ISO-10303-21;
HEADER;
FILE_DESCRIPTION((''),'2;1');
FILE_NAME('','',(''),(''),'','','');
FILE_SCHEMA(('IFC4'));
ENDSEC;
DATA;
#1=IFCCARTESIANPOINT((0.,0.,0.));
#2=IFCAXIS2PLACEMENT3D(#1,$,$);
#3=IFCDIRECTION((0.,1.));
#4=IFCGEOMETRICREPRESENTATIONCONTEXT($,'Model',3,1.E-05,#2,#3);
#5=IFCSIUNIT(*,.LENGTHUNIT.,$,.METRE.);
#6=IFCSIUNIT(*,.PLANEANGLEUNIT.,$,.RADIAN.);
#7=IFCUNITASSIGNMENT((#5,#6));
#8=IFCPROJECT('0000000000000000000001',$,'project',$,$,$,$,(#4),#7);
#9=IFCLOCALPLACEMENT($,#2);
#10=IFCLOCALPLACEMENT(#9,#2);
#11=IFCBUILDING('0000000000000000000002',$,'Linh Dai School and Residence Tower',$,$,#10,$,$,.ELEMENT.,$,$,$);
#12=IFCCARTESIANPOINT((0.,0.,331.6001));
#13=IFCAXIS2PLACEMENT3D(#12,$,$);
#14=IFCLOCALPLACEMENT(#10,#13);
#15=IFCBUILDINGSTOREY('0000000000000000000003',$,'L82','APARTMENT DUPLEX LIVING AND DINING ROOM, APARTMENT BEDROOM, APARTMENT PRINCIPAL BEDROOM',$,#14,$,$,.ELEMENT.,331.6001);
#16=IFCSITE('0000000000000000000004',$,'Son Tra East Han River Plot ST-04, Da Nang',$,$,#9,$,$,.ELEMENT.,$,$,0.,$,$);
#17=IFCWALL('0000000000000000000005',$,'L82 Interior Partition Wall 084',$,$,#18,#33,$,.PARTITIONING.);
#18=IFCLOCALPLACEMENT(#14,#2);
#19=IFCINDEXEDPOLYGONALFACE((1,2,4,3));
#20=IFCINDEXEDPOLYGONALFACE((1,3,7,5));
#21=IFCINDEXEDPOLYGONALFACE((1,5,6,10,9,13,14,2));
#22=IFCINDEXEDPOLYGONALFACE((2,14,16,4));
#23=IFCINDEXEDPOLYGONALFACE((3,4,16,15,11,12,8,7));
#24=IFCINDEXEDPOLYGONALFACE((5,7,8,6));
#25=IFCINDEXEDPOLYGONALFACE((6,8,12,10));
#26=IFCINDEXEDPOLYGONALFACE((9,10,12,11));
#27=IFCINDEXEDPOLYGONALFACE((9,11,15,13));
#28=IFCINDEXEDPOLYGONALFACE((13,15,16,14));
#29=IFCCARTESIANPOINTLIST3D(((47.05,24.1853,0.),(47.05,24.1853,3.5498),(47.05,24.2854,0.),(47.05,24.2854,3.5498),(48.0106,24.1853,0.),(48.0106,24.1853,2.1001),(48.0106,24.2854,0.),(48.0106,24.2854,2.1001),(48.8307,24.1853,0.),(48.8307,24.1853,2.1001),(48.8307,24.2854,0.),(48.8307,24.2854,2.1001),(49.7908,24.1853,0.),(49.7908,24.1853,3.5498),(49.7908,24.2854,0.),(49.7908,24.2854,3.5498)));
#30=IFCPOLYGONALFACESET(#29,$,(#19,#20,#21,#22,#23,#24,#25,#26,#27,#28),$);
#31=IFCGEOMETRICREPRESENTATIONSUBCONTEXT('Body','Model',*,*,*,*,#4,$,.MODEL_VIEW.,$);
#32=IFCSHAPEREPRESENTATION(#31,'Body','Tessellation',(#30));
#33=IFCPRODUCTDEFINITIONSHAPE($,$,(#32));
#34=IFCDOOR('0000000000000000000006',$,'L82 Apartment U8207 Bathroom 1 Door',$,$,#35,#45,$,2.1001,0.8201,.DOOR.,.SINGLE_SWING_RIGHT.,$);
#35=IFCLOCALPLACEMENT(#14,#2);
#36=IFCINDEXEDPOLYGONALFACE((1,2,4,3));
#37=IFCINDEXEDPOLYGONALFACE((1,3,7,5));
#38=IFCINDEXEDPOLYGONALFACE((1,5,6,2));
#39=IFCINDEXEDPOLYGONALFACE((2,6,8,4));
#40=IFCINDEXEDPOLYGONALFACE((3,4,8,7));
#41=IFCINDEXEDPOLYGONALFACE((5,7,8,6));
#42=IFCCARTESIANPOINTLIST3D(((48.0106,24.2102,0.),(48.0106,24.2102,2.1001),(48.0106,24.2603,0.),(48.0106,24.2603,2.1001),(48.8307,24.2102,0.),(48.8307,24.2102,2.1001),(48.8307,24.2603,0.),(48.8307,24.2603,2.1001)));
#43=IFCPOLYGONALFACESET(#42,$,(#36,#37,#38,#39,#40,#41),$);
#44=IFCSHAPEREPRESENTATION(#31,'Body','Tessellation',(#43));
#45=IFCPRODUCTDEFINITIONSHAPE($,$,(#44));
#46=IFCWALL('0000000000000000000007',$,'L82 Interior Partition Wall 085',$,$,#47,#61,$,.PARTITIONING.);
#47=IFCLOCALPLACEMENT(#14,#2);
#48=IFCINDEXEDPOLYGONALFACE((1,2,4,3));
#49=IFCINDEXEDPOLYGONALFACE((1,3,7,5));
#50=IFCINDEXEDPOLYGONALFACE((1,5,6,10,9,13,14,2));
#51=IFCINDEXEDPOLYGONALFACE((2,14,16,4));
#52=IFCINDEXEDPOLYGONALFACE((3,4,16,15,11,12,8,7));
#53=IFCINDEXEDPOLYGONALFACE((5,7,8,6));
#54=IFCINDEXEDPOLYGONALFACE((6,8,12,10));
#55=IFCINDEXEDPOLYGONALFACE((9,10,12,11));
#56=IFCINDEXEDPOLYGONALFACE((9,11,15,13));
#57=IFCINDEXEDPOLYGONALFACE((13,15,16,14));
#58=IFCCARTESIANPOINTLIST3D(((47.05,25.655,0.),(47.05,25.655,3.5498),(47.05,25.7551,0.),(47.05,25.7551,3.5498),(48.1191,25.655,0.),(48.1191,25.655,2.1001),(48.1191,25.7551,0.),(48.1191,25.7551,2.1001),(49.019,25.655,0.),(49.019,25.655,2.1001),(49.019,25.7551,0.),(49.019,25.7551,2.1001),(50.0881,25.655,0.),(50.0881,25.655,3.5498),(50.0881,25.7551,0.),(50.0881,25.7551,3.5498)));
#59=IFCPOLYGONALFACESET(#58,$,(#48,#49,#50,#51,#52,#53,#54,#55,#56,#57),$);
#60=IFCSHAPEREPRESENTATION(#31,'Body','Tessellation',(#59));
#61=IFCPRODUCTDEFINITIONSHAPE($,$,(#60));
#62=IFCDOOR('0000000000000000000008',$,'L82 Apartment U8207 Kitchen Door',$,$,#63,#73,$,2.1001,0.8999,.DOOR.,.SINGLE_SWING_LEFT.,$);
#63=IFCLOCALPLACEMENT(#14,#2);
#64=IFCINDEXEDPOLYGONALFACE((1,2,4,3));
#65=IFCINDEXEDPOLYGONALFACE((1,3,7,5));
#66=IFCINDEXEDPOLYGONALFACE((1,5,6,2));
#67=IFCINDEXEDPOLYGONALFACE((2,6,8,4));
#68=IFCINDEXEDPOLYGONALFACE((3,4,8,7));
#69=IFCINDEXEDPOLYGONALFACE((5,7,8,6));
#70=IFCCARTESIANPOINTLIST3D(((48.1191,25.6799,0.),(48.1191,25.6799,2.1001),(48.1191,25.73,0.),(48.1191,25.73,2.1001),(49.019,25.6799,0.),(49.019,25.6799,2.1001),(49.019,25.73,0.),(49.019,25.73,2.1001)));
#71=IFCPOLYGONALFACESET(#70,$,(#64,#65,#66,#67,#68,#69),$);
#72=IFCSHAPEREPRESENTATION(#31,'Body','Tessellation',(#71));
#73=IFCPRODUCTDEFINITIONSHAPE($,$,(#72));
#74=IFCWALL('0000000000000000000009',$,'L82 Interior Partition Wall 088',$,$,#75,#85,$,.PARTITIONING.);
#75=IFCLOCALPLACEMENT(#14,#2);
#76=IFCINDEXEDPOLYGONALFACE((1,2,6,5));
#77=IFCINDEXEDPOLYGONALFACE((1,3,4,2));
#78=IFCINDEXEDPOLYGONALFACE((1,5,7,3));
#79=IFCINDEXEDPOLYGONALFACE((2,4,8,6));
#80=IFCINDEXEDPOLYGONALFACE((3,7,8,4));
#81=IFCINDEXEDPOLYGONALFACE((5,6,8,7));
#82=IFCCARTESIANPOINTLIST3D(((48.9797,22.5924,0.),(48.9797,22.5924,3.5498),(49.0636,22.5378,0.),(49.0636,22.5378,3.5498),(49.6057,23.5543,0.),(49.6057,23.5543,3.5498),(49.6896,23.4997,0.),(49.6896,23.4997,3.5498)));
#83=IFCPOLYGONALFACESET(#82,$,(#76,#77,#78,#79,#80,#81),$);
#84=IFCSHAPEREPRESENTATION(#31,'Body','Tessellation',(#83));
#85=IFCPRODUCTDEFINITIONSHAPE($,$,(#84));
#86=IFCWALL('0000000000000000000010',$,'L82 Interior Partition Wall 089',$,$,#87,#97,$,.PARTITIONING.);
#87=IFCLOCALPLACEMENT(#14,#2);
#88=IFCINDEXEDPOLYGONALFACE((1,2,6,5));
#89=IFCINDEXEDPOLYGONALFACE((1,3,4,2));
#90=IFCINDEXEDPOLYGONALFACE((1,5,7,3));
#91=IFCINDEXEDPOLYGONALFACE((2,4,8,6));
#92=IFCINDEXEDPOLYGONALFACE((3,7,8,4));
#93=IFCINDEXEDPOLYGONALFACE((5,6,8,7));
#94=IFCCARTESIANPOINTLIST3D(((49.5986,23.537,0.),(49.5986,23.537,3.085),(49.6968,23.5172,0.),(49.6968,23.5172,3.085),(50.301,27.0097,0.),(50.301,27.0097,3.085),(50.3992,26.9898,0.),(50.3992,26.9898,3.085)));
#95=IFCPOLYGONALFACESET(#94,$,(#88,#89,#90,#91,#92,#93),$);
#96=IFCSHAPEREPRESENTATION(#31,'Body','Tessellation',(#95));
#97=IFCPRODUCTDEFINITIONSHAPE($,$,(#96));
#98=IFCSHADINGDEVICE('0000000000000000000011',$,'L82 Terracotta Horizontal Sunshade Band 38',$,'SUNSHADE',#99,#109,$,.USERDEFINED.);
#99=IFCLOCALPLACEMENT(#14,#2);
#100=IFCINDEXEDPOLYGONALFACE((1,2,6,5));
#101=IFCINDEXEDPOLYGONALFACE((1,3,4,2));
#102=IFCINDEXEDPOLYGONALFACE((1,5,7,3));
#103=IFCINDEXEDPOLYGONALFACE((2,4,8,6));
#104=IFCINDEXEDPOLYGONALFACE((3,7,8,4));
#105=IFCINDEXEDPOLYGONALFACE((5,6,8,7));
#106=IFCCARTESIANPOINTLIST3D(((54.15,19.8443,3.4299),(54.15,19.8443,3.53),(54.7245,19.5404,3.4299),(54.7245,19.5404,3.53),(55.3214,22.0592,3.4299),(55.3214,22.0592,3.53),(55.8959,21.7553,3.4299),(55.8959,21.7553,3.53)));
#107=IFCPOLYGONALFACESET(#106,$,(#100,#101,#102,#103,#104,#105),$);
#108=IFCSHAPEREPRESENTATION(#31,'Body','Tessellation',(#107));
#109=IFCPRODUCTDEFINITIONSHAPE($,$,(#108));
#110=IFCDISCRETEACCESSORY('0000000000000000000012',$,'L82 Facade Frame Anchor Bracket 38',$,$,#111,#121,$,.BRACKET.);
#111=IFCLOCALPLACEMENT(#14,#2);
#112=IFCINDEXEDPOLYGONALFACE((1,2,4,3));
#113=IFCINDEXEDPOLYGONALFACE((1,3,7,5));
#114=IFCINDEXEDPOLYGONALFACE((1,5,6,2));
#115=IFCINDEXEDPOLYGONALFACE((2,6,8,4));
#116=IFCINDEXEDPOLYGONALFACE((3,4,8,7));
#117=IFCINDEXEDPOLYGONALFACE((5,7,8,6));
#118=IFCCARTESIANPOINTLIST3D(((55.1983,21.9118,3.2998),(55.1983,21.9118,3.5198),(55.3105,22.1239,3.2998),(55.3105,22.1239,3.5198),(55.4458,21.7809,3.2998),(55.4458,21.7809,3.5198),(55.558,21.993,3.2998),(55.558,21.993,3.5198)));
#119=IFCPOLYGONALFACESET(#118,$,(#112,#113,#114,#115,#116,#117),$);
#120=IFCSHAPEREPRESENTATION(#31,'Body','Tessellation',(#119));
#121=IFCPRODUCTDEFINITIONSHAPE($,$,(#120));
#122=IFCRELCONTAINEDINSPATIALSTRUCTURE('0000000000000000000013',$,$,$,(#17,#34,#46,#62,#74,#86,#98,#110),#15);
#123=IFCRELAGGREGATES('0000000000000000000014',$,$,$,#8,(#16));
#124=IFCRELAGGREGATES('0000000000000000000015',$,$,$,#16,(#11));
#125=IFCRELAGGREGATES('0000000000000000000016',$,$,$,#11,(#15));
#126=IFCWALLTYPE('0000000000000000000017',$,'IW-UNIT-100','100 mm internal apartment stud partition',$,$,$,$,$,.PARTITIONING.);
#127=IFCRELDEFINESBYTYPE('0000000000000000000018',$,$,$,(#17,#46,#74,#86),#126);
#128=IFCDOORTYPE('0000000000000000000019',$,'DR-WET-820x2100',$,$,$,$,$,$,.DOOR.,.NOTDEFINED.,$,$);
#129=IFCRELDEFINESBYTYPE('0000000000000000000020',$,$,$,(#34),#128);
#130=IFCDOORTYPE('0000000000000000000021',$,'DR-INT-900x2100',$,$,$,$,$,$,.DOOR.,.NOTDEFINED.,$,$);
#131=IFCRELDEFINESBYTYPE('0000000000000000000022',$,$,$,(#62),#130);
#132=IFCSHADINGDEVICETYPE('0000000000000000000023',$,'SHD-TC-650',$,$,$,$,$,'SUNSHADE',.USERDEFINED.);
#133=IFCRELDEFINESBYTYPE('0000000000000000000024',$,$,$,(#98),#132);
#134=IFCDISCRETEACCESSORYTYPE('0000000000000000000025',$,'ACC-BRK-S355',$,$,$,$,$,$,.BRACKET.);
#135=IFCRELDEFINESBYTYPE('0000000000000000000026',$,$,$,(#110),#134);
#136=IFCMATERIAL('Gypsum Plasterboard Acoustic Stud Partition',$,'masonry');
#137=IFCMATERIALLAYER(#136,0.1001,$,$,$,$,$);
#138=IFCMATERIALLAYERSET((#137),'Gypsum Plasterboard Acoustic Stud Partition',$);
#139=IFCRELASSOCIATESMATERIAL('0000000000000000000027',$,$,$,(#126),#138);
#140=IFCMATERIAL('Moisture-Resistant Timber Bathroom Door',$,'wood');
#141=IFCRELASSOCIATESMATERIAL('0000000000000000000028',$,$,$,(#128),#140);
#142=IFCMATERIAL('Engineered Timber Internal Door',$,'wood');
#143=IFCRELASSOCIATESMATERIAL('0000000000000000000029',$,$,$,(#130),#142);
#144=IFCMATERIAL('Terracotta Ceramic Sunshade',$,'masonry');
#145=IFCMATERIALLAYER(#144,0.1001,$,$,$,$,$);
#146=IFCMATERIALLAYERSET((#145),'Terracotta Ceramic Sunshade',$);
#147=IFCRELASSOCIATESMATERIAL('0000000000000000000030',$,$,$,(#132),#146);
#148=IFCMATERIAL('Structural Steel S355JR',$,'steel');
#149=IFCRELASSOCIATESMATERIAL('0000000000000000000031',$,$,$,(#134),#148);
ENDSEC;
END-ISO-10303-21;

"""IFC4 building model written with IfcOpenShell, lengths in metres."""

from ifc_helpers import new_model, si_unit, direction, frame, frame_2d, origin, origin_2d, place, context, subcontext, project, spatial, rectangle, extrude, source, transform, mapped, material, layer, layer_set, type_object, element, fill, save


model = new_model("IFC4")

# Units and contexts
model_context = context("Model", 3, precision=1e-05, world=origin(), true_north=direction((0.0, 1.0)))
body_context = subcontext(model_context, "Body", "Model", "MODEL_VIEW")
ifc_project = project(units=[si_unit("LENGTHUNIT", "METRE"), si_unit("PLANEANGLEUNIT", "RADIAN")], contexts=[model_context])

# Site, building, storey
site_placement = place(None, origin())
site = spatial("IfcSite", under=ifc_project, at=site_placement, Name="Son Tra East Han River Plot ST-04, Da Nang", CompositionType="ELEMENT", RefElevation=0.0)
building_placement = place(site_placement, origin())
building = spatial("IfcBuilding", under=site, at=building_placement, Name="Linh Dai School and Residence Tower", CompositionType="ELEMENT")
storey_placement = place(building_placement, frame((0.0, 0.0, 331.6001)))
storey = spatial("IfcBuildingStorey", under=building, at=storey_placement, Name="L82", Description="APARTMENT DUPLEX LIVING AND DINING ROOM, APARTMENT BEDROOM, APARTMENT PRINCIPAL BEDROOM", CompositionType="ELEMENT", Elevation=331.6001)

# Shared definitions
ifc_material_1 = material(Name="Structural Steel S355JR", Category="steel")

# Walls, openings, doors
ifc_material_2 = material(Name="Gypsum Plasterboard Acoustic Stud Partition", Category="masonry")
ifc_layer_1 = layer(ifc_material_2, 0.1001)
ifc_layer_set_1 = layer_set([ifc_layer_1], Name="Gypsum Plasterboard Acoustic Stud Partition")
wall_type_1 = type_object("IfcWallType", Name="IW-UNIT-100", Description="100 mm internal apartment stud partition", PredefinedType="PARTITIONING", material=ifc_layer_set_1)
wall_1_placement = place(storey_placement, frame((47.05, 24.2354, 0.0), z_axis=(0.0, 0.0, 1.0), x_axis=(1.0, 0.0, 0.0)))
wall_1 = element("IfcWall", 1, at=wall_1_placement, inside=storey, type_object=wall_type_1, Name="L82 Interior Partition Wall 084", PredefinedType="PARTITIONING", context=body_context, shape_type="SweptSolid", body=[
    extrude(rectangle(XDim=2.7407, YDim=0.1001, at=frame_2d((1.3704, 0.0))), origin(), (0.0, 0.0, 1.0), 3.5498),
])
opening_1_placement = place(wall_1_placement, frame((0.9604, 0.0, 0.0)))
opening_1 = element("IfcOpeningElement", 2, at=opening_1_placement, cuts=wall_1, PredefinedType="OPENING", context=body_context, shape_type="SweptSolid", body=[
    extrude(rectangle(XDim=0.8201, YDim=2.1001, at=origin_2d()), frame((0.4102, 0.0601, 1.05), z_axis=(0.0, -1.0, 0.0), x_axis=(1.0, 0.0, 0.0)), (0.0, 0.0, 1.0), 0.1201),
])
ifc_material_3 = material(Name="Moisture-Resistant Timber Bathroom Door", Category="wood")
door_type_1 = type_object("IfcDoorType", Name="DR-WET-820x2100", OperationType="NOTDEFINED", PredefinedType="DOOR", material=ifc_material_3)
shared_shape_1 = source(origin(), body_context, "Body", "SweptSolid", [
    extrude(rectangle(XDim=0.8201, YDim=2.1001, at=origin_2d()), frame((0.4102, 0.0249, 1.05), z_axis=(0.0, -1.0, 0.0), x_axis=(1.0, 0.0, 0.0)), (0.0, 0.0, 1.0), 0.05),
])
door_1_placement = place(opening_1_placement, origin())
door_1 = element("IfcDoor", 3, at=door_1_placement, inside=storey, type_object=door_type_1, Name="L82 Apartment U8207 Bathroom 1 Door", OperationType="SINGLE_SWING_RIGHT", OverallHeight=2.1001, OverallWidth=0.8201, PredefinedType="DOOR", context=body_context, shape_type="MappedRepresentation", body=[
    mapped(shared_shape_1, transform((0.0, 0.0, 0.0), x_axis=(1.0, 0.0, 0.0), y_axis=(0.0, 1.0, 0.0), z_axis=(0.0, 0.0, 1.0), scale=1.0)),
])
fill(opening_1, door_1)
wall_2_placement = place(storey_placement, frame((47.05, 25.7051, 0.0), z_axis=(0.0, 0.0, 1.0), x_axis=(1.0, 0.0, 0.0)))
wall_2 = element("IfcWall", 4, at=wall_2_placement, inside=storey, type_object=wall_type_1, Name="L82 Interior Partition Wall 085", PredefinedType="PARTITIONING", context=body_context, shape_type="SweptSolid", body=[
    extrude(rectangle(XDim=3.0381, YDim=0.1001, at=frame_2d((1.519, 0.0))), origin(), (0.0, 0.0, 1.0), 3.5498),
])
opening_2_placement = place(wall_2_placement, frame((1.0691, 0.0, 0.0)))
opening_2 = element("IfcOpeningElement", 5, at=opening_2_placement, cuts=wall_2, PredefinedType="OPENING", context=body_context, shape_type="SweptSolid", body=[
    extrude(rectangle(XDim=0.8999, YDim=2.1001, at=origin_2d()), frame((0.45, 0.0601, 1.05), z_axis=(0.0, -1.0, 0.0), x_axis=(1.0, 0.0, 0.0)), (0.0, 0.0, 1.0), 0.1201),
])
ifc_material_4 = material(Name="Engineered Timber Internal Door", Category="wood")
door_type_2 = type_object("IfcDoorType", Name="DR-INT-900x2100", OperationType="NOTDEFINED", PredefinedType="DOOR", material=ifc_material_4)
shared_shape_2 = source(origin(), body_context, "Body", "SweptSolid", [
    extrude(rectangle(XDim=0.8999, YDim=2.1001, at=origin_2d()), frame((0.45, 0.0249, 1.05), z_axis=(0.0, -1.0, 0.0), x_axis=(1.0, 0.0, 0.0)), (0.0, 0.0, 1.0), 0.05),
])
door_2_placement = place(opening_2_placement, origin())
door_2 = element("IfcDoor", 6, at=door_2_placement, inside=storey, type_object=door_type_2, Name="L82 Apartment U8207 Kitchen Door", OperationType="SINGLE_SWING_LEFT", OverallHeight=2.1001, OverallWidth=0.8999, PredefinedType="DOOR", context=body_context, shape_type="MappedRepresentation", body=[
    mapped(shared_shape_2, transform((0.0, 0.0, 0.0), x_axis=(1.0, 0.0, 0.0), y_axis=(0.0, 1.0, 0.0), z_axis=(0.0, 0.0, 1.0), scale=1.0)),
])
fill(opening_2, door_2)

# Walls
wall_3_placement = place(storey_placement, frame((49.0217, 22.5652, 0.0), z_axis=(0.0, 0.0, 1.0), x_axis=(0.545437, 0.838152, 0.0)))
element("IfcWall", 7, at=wall_3_placement, inside=storey, type_object=wall_type_1, Name="L82 Interior Partition Wall 088", PredefinedType="PARTITIONING", context=body_context, shape_type="SweptSolid", body=[
    extrude(rectangle(XDim=1.1477, YDim=0.1001, at=frame_2d((0.5737, 0.0))), origin(), (0.0, 0.0, 1.0), 3.5498),
])
wall_4_placement = place(storey_placement, frame((49.6477, 23.5271, 0.0), z_axis=(0.0, 0.0, 1.0), x_axis=(0.198249, 0.980152, 0.0)))
element("IfcWall", 8, at=wall_4_placement, inside=storey, type_object=wall_type_1, Name="L82 Interior Partition Wall 089", PredefinedType="PARTITIONING", context=body_context, shape_type="SweptSolid", body=[
    extrude(rectangle(XDim=3.543, YDim=0.1001, at=frame_2d((1.7715, 0.0))), origin(), (0.0, 0.0, 1.0), 3.085),
])

# Shading device
ifc_material_5 = material(Name="Terracotta Ceramic Sunshade", Category="masonry")
ifc_layer_2 = layer(ifc_material_5, 0.1001)
ifc_layer_set_2 = layer_set([ifc_layer_2], Name="Terracotta Ceramic Sunshade")
shading_device_type = type_object("IfcShadingDeviceType", Name="SHD-TC-650", ElementType="SUNSHADE", PredefinedType="USERDEFINED", material=ifc_layer_set_2)
shared_shape_3 = source(origin(), body_context, "Body", "SweptSolid", [
    extrude(rectangle(XDim=2.5056, YDim=0.6499, at=origin_2d()), origin(), (0.0, 0.0, 1.0), 0.1001),
])
shading_device_placement = place(storey_placement, frame((55.0229, 20.7998, 3.4299), z_axis=(0.0, 0.0, 1.0), x_axis=(-0.46754, -0.883972, 0.0)))
element("IfcShadingDevice", 9, at=shading_device_placement, inside=storey, type_object=shading_device_type, Name="L82 Terracotta Horizontal Sunshade Band 38", ObjectType="SUNSHADE", PredefinedType="USERDEFINED", context=body_context, shape_type="MappedRepresentation", body=[
    mapped(shared_shape_3, transform((0.0, 0.0, 0.0), x_axis=(1.0, 0.0, 0.0), y_axis=(0.0, 1.0, 0.0), z_axis=(0.0, 0.0, 1.0), scale=1.0)),
])

# Discrete accessory
discrete_accessory_type = type_object("IfcDiscreteAccessoryType", Name="ACC-BRK-S355", PredefinedType="BRACKET", material=ifc_material_1)
shared_shape_4 = source(origin(), body_context, "Body", "SweptSolid", [
    extrude(rectangle(XDim=0.28, YDim=0.24, at=origin_2d()), origin(), (0.0, 0.0, 1.0), 0.22),
])
discrete_accessory_placement = place(storey_placement, frame((55.3782, 21.9524, 3.2998), z_axis=(0.0, 0.0, 1.0), x_axis=(0.883972, -0.46754, 0.0)))
element("IfcDiscreteAccessory", 10, at=discrete_accessory_placement, inside=storey, type_object=discrete_accessory_type, Name="L82 Facade Frame Anchor Bracket 38", PredefinedType="BRACKET", context=body_context, shape_type="MappedRepresentation", body=[
    mapped(shared_shape_4, transform((0.0, 0.0, 0.0), x_axis=(1.0, 0.0, 0.0), y_axis=(0.0, 1.0, 0.0), z_axis=(0.0, 0.0, 1.0), scale=1.0)),
])

save(model, "model.ifc")
